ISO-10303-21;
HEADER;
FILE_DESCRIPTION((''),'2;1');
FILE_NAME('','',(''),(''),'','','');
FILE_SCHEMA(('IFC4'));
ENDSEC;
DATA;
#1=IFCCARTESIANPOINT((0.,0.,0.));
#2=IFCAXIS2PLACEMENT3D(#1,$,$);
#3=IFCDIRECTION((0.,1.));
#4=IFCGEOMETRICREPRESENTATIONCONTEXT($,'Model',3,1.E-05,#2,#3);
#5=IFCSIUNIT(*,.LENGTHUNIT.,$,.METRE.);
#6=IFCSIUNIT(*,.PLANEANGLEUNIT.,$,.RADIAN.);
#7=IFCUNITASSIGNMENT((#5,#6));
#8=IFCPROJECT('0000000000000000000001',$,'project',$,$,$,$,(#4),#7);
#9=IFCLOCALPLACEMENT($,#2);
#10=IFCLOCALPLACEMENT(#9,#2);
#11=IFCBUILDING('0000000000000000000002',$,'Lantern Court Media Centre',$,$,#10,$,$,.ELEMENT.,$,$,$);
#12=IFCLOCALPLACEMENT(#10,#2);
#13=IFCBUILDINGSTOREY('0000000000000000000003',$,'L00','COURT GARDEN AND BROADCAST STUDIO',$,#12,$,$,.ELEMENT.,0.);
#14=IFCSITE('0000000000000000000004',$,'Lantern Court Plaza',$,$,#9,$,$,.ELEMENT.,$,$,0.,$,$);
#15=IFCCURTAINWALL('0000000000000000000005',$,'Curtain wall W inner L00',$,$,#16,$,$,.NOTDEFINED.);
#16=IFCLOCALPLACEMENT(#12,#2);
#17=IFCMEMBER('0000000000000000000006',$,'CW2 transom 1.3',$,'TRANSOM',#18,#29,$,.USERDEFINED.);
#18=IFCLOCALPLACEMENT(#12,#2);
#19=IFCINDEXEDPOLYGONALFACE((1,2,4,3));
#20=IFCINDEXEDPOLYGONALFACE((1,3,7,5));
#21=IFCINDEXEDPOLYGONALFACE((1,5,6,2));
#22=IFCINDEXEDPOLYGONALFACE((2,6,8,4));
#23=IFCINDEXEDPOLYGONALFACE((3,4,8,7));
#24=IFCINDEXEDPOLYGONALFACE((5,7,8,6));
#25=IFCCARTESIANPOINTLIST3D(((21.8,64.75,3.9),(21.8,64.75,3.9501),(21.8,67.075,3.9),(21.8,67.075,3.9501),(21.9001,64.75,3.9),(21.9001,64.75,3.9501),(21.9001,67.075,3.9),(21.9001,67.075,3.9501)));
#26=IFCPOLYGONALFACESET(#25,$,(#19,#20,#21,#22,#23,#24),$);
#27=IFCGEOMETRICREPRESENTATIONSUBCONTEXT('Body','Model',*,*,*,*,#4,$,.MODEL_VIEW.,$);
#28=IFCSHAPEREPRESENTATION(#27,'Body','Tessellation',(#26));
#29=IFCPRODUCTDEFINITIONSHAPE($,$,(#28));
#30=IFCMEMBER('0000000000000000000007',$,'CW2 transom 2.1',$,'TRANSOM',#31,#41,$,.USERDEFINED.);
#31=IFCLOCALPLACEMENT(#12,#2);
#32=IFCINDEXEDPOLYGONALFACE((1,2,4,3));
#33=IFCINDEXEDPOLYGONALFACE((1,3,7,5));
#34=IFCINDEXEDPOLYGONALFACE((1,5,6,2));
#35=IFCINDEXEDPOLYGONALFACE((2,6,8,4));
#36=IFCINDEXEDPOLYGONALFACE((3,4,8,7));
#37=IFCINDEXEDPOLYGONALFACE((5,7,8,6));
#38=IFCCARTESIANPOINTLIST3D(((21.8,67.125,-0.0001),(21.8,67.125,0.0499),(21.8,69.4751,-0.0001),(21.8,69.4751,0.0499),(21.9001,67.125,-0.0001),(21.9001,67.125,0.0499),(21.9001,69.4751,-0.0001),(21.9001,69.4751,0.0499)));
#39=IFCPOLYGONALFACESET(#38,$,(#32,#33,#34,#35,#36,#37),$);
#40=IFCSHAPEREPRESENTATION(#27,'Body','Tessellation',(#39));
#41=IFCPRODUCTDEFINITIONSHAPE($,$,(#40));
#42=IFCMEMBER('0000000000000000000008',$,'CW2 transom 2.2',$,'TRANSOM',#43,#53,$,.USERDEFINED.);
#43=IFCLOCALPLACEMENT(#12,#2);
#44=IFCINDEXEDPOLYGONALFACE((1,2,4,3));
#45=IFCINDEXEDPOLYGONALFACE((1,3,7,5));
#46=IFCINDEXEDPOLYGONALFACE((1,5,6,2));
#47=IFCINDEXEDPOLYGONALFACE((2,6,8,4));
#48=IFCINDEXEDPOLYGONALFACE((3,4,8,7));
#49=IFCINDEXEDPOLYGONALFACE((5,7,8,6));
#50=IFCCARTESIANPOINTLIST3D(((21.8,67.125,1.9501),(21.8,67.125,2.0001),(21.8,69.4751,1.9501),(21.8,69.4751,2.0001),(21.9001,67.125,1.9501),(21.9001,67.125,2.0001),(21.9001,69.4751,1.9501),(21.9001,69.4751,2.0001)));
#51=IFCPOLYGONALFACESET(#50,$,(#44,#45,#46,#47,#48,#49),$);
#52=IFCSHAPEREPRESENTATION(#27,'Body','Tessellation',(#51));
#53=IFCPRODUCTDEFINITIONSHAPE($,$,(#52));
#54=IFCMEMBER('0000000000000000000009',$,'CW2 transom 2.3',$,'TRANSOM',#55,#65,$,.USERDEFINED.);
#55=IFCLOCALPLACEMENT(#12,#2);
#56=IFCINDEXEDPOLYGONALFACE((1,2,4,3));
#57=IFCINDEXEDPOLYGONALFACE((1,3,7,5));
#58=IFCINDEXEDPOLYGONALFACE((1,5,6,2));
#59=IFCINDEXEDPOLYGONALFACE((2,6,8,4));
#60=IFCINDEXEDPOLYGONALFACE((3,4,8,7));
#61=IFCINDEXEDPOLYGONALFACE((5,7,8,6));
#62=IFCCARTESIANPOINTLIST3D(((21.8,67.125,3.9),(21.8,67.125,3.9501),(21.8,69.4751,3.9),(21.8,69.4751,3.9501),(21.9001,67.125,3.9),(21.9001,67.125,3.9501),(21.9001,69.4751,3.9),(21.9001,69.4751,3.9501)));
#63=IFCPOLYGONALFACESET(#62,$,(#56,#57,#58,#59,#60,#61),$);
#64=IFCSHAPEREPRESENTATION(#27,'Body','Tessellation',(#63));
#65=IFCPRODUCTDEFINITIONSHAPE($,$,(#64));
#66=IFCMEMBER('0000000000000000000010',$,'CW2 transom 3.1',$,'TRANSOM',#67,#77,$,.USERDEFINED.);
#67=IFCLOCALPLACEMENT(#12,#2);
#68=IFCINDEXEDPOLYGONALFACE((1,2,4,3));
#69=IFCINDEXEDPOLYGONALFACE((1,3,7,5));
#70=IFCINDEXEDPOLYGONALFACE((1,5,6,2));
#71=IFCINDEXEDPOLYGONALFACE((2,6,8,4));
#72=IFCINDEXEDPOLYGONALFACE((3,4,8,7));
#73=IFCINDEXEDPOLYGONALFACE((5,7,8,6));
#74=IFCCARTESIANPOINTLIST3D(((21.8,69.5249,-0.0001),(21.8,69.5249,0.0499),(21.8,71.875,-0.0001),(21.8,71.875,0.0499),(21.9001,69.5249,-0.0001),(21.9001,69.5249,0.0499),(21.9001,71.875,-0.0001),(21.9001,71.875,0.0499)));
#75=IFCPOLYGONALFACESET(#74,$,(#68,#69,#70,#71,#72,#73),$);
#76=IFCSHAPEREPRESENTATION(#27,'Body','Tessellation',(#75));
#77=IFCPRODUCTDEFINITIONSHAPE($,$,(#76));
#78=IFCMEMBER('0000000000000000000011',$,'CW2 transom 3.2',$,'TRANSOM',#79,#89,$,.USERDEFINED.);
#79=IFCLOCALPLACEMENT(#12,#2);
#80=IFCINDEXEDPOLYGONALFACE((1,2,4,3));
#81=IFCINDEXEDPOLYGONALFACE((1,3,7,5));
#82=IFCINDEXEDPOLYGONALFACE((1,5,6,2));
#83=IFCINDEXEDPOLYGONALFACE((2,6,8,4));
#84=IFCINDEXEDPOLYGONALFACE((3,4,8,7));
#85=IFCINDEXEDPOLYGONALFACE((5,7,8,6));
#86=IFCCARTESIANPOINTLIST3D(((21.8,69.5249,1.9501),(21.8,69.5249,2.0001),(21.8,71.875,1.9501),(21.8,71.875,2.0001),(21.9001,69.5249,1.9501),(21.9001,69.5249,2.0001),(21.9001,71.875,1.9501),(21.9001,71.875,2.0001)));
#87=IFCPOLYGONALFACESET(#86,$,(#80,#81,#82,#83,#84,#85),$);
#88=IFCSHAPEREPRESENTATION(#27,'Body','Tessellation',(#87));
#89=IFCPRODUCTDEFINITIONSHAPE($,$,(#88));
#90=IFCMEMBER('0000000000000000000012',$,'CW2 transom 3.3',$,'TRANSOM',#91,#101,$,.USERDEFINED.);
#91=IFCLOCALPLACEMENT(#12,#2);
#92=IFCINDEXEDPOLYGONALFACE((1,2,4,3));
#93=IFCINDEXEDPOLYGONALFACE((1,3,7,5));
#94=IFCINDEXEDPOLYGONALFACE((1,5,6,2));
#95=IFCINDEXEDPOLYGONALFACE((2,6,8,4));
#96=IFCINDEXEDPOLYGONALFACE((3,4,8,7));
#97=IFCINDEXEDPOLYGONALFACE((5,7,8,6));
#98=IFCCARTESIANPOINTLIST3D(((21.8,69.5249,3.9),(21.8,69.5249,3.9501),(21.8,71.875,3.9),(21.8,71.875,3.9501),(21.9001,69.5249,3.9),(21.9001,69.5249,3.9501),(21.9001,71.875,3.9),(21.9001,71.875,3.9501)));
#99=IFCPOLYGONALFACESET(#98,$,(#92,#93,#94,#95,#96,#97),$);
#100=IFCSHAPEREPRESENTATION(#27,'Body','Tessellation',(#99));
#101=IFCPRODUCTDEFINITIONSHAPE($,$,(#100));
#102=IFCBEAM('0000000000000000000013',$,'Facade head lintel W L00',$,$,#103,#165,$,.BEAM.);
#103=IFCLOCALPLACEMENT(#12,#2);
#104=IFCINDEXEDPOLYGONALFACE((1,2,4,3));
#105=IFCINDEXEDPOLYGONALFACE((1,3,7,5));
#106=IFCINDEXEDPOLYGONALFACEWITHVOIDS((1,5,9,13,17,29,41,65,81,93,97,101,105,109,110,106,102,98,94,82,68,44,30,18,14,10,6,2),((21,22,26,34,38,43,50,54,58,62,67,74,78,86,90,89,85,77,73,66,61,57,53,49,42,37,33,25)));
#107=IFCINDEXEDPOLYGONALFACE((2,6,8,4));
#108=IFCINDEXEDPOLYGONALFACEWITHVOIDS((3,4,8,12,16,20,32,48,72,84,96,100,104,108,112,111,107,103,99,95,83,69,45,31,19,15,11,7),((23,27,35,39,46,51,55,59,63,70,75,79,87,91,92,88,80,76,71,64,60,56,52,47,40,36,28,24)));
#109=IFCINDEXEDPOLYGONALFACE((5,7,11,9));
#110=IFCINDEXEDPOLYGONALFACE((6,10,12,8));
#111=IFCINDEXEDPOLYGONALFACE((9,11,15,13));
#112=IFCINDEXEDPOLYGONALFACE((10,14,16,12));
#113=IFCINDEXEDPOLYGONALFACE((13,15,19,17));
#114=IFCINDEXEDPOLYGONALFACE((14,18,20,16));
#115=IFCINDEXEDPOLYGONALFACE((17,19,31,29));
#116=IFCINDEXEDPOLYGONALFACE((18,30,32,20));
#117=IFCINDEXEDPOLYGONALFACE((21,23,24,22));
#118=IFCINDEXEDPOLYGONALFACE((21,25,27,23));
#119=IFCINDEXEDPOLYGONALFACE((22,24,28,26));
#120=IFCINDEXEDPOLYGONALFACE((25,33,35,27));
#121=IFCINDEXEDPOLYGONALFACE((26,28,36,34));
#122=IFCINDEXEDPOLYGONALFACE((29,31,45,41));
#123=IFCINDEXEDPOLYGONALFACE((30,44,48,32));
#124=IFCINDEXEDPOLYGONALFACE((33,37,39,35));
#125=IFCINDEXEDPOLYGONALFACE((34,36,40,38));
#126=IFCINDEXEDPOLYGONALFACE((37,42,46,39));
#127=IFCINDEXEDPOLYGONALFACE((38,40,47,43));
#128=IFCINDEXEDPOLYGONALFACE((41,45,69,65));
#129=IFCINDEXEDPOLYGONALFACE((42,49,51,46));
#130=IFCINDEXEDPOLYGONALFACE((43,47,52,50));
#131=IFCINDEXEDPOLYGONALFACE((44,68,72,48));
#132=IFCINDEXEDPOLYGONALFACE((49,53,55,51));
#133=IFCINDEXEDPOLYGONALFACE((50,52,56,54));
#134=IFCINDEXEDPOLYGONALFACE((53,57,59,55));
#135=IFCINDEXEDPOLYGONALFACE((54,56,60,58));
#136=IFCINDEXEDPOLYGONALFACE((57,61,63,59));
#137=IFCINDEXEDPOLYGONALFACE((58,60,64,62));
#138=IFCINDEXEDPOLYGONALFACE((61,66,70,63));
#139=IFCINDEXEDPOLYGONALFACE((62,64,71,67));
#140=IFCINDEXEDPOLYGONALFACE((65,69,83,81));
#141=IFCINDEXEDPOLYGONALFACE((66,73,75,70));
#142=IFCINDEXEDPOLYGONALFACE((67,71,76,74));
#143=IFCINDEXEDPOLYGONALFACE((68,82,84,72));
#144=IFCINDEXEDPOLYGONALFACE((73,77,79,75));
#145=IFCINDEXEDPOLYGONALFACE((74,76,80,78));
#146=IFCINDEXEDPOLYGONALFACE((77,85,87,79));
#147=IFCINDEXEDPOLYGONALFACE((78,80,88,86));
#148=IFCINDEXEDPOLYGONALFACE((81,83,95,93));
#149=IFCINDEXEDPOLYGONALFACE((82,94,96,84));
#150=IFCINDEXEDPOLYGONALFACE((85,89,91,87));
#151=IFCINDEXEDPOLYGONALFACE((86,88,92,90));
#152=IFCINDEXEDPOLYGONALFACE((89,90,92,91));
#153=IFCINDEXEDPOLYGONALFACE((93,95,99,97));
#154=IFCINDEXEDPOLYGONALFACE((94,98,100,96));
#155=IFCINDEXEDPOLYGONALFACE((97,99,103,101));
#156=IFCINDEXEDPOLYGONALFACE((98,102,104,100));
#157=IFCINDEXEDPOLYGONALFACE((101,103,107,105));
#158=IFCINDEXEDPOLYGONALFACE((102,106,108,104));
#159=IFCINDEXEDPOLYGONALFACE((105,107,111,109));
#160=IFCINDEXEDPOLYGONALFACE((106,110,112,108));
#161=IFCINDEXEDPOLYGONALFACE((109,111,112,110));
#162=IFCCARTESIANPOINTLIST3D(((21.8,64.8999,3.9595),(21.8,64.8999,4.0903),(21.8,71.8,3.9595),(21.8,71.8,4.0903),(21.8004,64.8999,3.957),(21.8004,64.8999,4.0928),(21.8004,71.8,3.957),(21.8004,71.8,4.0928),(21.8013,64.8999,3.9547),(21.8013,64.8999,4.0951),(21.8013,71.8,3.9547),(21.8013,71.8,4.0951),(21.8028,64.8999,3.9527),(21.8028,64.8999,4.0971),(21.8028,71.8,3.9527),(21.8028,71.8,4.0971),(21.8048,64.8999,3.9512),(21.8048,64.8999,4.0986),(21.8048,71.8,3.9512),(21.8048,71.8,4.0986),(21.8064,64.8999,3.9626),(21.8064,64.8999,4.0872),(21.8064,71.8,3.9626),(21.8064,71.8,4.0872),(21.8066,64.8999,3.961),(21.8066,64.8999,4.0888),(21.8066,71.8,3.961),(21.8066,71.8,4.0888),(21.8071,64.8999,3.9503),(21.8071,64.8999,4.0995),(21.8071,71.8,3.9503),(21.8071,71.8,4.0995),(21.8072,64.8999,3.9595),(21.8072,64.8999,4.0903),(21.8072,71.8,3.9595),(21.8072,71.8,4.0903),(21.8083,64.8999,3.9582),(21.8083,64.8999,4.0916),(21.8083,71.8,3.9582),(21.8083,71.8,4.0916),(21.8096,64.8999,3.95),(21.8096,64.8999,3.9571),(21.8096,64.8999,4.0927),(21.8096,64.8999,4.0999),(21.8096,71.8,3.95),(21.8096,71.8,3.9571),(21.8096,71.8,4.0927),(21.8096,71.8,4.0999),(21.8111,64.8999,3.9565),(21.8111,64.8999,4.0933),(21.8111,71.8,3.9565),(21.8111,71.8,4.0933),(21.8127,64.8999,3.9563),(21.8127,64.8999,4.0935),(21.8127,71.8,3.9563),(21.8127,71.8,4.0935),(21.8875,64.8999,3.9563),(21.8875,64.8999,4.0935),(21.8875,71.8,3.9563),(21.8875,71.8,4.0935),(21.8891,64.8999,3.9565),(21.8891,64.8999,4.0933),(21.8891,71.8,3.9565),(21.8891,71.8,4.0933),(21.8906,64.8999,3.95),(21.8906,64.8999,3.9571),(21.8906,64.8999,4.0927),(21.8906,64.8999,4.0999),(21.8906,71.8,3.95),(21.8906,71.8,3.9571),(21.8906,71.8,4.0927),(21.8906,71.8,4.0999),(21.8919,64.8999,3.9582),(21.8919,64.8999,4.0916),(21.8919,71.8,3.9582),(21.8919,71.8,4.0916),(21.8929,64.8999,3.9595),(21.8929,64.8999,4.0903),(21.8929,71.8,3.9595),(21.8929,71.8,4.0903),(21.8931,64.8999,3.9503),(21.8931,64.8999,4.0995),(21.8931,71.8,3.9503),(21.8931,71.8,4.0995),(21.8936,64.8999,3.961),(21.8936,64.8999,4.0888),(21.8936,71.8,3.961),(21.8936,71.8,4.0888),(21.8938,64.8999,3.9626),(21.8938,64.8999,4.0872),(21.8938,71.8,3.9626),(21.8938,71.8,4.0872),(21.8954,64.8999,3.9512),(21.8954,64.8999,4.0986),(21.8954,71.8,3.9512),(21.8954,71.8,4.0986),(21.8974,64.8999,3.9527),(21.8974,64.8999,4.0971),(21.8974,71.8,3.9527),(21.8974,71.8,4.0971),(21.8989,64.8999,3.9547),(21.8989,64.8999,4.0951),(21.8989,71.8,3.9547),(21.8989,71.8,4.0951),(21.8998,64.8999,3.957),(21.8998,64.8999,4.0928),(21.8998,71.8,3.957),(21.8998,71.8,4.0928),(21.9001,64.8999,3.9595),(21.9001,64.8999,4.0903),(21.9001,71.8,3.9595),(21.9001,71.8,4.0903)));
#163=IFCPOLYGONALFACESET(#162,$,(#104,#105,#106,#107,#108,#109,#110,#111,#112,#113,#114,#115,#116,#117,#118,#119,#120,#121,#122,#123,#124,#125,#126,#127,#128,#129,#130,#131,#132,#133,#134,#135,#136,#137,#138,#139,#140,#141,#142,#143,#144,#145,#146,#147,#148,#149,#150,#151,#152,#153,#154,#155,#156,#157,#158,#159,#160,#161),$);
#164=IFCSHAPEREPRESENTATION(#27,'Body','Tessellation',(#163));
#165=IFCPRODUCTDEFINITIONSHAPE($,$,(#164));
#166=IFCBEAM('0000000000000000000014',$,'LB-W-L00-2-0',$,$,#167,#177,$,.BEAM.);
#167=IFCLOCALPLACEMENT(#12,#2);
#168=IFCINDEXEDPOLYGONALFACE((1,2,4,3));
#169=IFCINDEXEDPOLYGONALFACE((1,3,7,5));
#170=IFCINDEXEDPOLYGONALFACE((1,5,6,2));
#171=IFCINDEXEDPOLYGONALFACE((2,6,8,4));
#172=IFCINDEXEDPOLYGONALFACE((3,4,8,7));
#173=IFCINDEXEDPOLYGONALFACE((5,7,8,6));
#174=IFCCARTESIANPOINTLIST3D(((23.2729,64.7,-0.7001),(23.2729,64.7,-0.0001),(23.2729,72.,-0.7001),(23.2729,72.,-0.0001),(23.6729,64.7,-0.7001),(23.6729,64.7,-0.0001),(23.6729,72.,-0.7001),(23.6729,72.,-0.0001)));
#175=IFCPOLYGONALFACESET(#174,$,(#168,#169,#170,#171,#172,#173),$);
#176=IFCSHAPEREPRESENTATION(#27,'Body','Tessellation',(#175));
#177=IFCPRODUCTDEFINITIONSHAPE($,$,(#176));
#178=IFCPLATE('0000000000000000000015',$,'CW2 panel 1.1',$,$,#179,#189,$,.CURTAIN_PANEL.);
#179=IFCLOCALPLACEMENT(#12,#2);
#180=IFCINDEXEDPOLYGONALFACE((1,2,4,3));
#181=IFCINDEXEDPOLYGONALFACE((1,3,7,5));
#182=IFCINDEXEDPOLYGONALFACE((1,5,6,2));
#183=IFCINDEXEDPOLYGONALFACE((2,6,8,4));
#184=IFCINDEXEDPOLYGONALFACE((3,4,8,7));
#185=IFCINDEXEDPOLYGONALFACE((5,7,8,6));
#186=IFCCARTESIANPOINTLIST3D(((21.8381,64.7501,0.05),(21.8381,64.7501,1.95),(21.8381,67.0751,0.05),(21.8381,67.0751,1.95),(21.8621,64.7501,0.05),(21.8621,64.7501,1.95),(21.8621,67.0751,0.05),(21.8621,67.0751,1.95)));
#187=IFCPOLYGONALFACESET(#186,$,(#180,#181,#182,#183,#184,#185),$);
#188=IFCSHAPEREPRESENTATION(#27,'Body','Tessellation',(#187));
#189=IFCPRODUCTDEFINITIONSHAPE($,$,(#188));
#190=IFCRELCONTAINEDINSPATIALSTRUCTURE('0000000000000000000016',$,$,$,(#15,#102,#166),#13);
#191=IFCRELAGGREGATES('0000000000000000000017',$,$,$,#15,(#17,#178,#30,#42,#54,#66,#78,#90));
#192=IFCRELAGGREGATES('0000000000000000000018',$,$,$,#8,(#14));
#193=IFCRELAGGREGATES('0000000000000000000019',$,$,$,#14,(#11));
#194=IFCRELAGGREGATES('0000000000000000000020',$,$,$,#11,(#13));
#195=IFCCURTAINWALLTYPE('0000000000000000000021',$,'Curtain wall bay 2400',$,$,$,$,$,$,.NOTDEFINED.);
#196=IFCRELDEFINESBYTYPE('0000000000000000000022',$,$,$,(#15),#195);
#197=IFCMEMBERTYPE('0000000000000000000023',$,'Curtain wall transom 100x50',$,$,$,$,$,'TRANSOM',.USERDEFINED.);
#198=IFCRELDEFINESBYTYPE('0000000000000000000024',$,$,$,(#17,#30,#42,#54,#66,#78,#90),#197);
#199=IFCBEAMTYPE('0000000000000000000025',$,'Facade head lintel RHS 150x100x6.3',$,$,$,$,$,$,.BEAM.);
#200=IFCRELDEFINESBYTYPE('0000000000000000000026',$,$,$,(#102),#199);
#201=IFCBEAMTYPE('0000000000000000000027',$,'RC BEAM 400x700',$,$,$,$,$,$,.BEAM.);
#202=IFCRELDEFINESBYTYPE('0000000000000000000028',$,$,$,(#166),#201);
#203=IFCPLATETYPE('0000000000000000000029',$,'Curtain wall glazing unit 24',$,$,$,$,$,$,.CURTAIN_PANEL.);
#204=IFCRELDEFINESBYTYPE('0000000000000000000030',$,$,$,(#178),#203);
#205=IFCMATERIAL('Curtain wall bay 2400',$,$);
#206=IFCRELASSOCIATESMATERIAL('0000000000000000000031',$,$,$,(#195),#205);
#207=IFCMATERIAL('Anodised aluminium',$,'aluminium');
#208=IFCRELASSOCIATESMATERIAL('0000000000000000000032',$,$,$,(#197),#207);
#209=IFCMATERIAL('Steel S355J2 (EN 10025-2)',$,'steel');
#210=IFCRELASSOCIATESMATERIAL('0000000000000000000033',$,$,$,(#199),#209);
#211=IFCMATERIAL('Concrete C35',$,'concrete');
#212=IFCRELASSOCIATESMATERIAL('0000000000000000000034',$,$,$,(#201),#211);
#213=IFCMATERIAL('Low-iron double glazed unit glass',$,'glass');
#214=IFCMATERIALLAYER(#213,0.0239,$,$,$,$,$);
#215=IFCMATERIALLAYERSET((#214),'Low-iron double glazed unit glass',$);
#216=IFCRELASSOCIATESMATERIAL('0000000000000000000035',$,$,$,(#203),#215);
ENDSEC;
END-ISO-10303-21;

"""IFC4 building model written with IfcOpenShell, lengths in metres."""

from ifc_helpers import new_model, si_unit, direction, frame, origin, origin_2d, place, context, subcontext, project, spatial, rectangle, hollow_rectangle, extrude, material, layer, layer_set, material_profile, profile_set, type_object, element, aggregate, save


model = new_model("IFC4")

# Units and contexts
model_context = context("Model", 3, precision=1e-05, world=origin(), true_north=direction((0.0, 1.0)))
body_context = subcontext(model_context, "Body", "Model", "MODEL_VIEW")
ifc_project = project(units=[si_unit("LENGTHUNIT", "METRE"), si_unit("PLANEANGLEUNIT", "RADIAN")], contexts=[model_context])

# Site, building, storey
site_placement = place(None, origin())
site = spatial("IfcSite", under=ifc_project, at=site_placement, Name="Lantern Court Plaza", CompositionType="ELEMENT", RefElevation=0.0)
building_placement = place(site_placement, origin())
building = spatial("IfcBuilding", under=site, at=building_placement, Name="Lantern Court Media Centre", CompositionType="ELEMENT")
storey_placement = place(building_placement, origin())
storey = spatial("IfcBuildingStorey", under=building, at=storey_placement, Name="L00", Description="COURT GARDEN AND BROADCAST STUDIO", CompositionType="ELEMENT", Elevation=0.0)

# Shared definitions
ifc_material_1 = material(Name="Concrete C35", Category="concrete")

# Curtain wall, members
ifc_material_2 = material(Name="Curtain wall bay 2400")
curtain_wall_type = type_object("IfcCurtainWallType", Name="Curtain wall bay 2400", PredefinedType="NOTDEFINED", material=ifc_material_2)
curtain_wall_placement = place(storey_placement, origin())
curtain_wall = element("IfcCurtainWall", 1, at=curtain_wall_placement, inside=storey, type_object=curtain_wall_type, Name="Curtain wall W inner L00", PredefinedType="NOTDEFINED")
ifc_material_3 = material(Name="Anodised aluminium", Category="aluminium")
ifc_material_profile_1 = material_profile(ifc_material_3, rectangle(XDim=0.1001, YDim=0.05, at=origin_2d()), Name="AL 50x100")
ifc_profile_set_1 = profile_set([ifc_material_profile_1], Name="Anodised aluminium")
member_type_1 = type_object("IfcMemberType", Name="Curtain wall transom 100x50", ElementType="TRANSOM", PredefinedType="USERDEFINED", material=ifc_profile_set_1)
member_1_placement = place(storey_placement, frame((21.8501, 64.75, 3.925), z_axis=(0.0, 1.0, 0.0), x_axis=(-1.0, 0.0, 0.0)))
member_1 = element("IfcMember", 2, at=member_1_placement, type_object=member_type_1, Name="CW2 transom 1.3", ObjectType="TRANSOM", PredefinedType="USERDEFINED", context=body_context, shape_type="SweptSolid", body=[
    extrude(rectangle(XDim=0.1001, YDim=0.05, at=origin_2d()), origin(), (0.0, 0.0, 1.0), 2.325),
])
member_2_placement = place(storey_placement, frame((21.8501, 67.125, 0.0249), z_axis=(0.0, 1.0, 0.0), x_axis=(-1.0, 0.0, 0.0)))
member_2 = element("IfcMember", 3, at=member_2_placement, type_object=member_type_1, Name="CW2 transom 2.1", ObjectType="TRANSOM", PredefinedType="USERDEFINED", context=body_context, shape_type="SweptSolid", body=[
    extrude(rectangle(XDim=0.1001, YDim=0.05, at=origin_2d()), origin(), (0.0, 0.0, 1.0), 2.3501),
])
member_3_placement = place(storey_placement, frame((21.8501, 67.125, 1.9751), z_axis=(0.0, 1.0, 0.0), x_axis=(-1.0, 0.0, 0.0)))
member_3 = element("IfcMember", 4, at=member_3_placement, type_object=member_type_1, Name="CW2 transom 2.2", ObjectType="TRANSOM", PredefinedType="USERDEFINED", context=body_context, shape_type="SweptSolid", body=[
    extrude(rectangle(XDim=0.1001, YDim=0.05, at=origin_2d()), origin(), (0.0, 0.0, 1.0), 2.3501),
])
member_4_placement = place(storey_placement, frame((21.8501, 67.125, 3.925), z_axis=(0.0, 1.0, 0.0), x_axis=(-1.0, 0.0, 0.0)))
member_4 = element("IfcMember", 5, at=member_4_placement, type_object=member_type_1, Name="CW2 transom 2.3", ObjectType="TRANSOM", PredefinedType="USERDEFINED", context=body_context, shape_type="SweptSolid", body=[
    extrude(rectangle(XDim=0.1001, YDim=0.05, at=origin_2d()), origin(), (0.0, 0.0, 1.0), 2.3501),
])
member_5_placement = place(storey_placement, frame((21.8501, 69.5249, 0.0249), z_axis=(0.0, 1.0, 0.0), x_axis=(-1.0, 0.0, 0.0)))
member_5 = element("IfcMember", 6, at=member_5_placement, type_object=member_type_1, Name="CW2 transom 3.1", ObjectType="TRANSOM", PredefinedType="USERDEFINED", context=body_context, shape_type="SweptSolid", body=[
    extrude(rectangle(XDim=0.1001, YDim=0.05, at=origin_2d()), origin(), (0.0, 0.0, 1.0), 2.3501),
])
member_6_placement = place(storey_placement, frame((21.8501, 69.5249, 1.9751), z_axis=(0.0, 1.0, 0.0), x_axis=(-1.0, 0.0, 0.0)))
member_6 = element("IfcMember", 7, at=member_6_placement, type_object=member_type_1, Name="CW2 transom 3.2", ObjectType="TRANSOM", PredefinedType="USERDEFINED", context=body_context, shape_type="SweptSolid", body=[
    extrude(rectangle(XDim=0.1001, YDim=0.05, at=origin_2d()), origin(), (0.0, 0.0, 1.0), 2.3501),
])
member_7_placement = place(storey_placement, frame((21.8501, 69.5249, 3.925), z_axis=(0.0, 1.0, 0.0), x_axis=(-1.0, 0.0, 0.0)))
member_7 = element("IfcMember", 8, at=member_7_placement, type_object=member_type_1, Name="CW2 transom 3.3", ObjectType="TRANSOM", PredefinedType="USERDEFINED", context=body_context, shape_type="SweptSolid", body=[
    extrude(rectangle(XDim=0.1001, YDim=0.05, at=origin_2d()), origin(), (0.0, 0.0, 1.0), 2.3501),
])

# Beams
ifc_material_4 = material(Name="Steel S355J2 (EN 10025-2)", Category="steel")
ifc_material_profile_2 = material_profile(ifc_material_4, hollow_rectangle(XDim=0.1001, YDim=0.1499, WallThickness=0.0063, InnerFilletRadius=0.0063, OuterFilletRadius=0.0095, at=origin_2d()), Name="Facade head lintel RHS 150x100x6.3")
ifc_profile_set_2 = profile_set([ifc_material_profile_2], Name="Steel S355J2 (EN 10025-2)")
beam_type_1 = type_object("IfcBeamType", Name="Facade head lintel RHS 150x100x6.3", PredefinedType="BEAM", material=ifc_profile_set_2)
beam_1_placement = place(storey_placement, frame((21.8501, 64.8999, 4.0249), z_axis=(0.0, 1.0, 0.0), x_axis=(-1.0, 0.0, 0.0)))
element("IfcBeam", 9, at=beam_1_placement, inside=storey, type_object=beam_type_1, Name="Facade head lintel W L00", PredefinedType="BEAM", context=body_context, shape_type="SweptSolid", body=[
    extrude(hollow_rectangle(XDim=0.1001, YDim=0.1499, WallThickness=0.0063, InnerFilletRadius=0.0063, OuterFilletRadius=0.0095, at=origin_2d()), origin(), (0.0, 0.0, 1.0), 6.9001),
])
ifc_material_profile_3 = material_profile(ifc_material_1, rectangle(XDim=0.3999, YDim=0.7, at=origin_2d()), Name="RC 400x700")
ifc_profile_set_3 = profile_set([ifc_material_profile_3], Name="Concrete C35")
beam_type_2 = type_object("IfcBeamType", Name="RC BEAM 400x700", PredefinedType="BEAM", material=ifc_profile_set_3)
beam_2_placement = place(storey_placement, frame((23.4729, 64.7, -0.3501), z_axis=(0.0, 1.0, 0.0), x_axis=(-1.0, 0.0, 0.0)))
element("IfcBeam", 10, at=beam_2_placement, inside=storey, type_object=beam_type_2, Name="LB-W-L00-2-0", PredefinedType="BEAM", context=body_context, shape_type="SweptSolid", body=[
    extrude(rectangle(XDim=0.3999, YDim=0.7, at=origin_2d()), origin(), (0.0, 0.0, 1.0), 7.3),
])

# Plate
ifc_material_5 = material(Name="Low-iron double glazed unit glass", Category="glass")
ifc_layer_1 = layer(ifc_material_5, 0.0239)
ifc_layer_set_1 = layer_set([ifc_layer_1], Name="Low-iron double glazed unit glass")
plate_type = type_object("IfcPlateType", Name="Curtain wall glazing unit 24", PredefinedType="CURTAIN_PANEL", material=ifc_layer_set_1)
plate_1_placement = place(storey_placement, frame((21.8501, 65.9126, 0.05), z_axis=(0.0, 0.0, 1.0), x_axis=(0.0, 1.0, 0.0)))
plate_1 = element("IfcPlate", 11, at=plate_1_placement, type_object=plate_type, Name="CW2 panel 1.1", PredefinedType="CURTAIN_PANEL", context=body_context, shape_type="SweptSolid", body=[
    extrude(rectangle(XDim=2.325, YDim=0.0239, at=origin_2d()), origin(), (0.0, 0.0, 1.0), 1.8999),
])
aggregate(curtain_wall, [member_1, plate_1, member_2, member_3, member_4, member_5, member_6, member_7])

save(model, "model.ifc")
